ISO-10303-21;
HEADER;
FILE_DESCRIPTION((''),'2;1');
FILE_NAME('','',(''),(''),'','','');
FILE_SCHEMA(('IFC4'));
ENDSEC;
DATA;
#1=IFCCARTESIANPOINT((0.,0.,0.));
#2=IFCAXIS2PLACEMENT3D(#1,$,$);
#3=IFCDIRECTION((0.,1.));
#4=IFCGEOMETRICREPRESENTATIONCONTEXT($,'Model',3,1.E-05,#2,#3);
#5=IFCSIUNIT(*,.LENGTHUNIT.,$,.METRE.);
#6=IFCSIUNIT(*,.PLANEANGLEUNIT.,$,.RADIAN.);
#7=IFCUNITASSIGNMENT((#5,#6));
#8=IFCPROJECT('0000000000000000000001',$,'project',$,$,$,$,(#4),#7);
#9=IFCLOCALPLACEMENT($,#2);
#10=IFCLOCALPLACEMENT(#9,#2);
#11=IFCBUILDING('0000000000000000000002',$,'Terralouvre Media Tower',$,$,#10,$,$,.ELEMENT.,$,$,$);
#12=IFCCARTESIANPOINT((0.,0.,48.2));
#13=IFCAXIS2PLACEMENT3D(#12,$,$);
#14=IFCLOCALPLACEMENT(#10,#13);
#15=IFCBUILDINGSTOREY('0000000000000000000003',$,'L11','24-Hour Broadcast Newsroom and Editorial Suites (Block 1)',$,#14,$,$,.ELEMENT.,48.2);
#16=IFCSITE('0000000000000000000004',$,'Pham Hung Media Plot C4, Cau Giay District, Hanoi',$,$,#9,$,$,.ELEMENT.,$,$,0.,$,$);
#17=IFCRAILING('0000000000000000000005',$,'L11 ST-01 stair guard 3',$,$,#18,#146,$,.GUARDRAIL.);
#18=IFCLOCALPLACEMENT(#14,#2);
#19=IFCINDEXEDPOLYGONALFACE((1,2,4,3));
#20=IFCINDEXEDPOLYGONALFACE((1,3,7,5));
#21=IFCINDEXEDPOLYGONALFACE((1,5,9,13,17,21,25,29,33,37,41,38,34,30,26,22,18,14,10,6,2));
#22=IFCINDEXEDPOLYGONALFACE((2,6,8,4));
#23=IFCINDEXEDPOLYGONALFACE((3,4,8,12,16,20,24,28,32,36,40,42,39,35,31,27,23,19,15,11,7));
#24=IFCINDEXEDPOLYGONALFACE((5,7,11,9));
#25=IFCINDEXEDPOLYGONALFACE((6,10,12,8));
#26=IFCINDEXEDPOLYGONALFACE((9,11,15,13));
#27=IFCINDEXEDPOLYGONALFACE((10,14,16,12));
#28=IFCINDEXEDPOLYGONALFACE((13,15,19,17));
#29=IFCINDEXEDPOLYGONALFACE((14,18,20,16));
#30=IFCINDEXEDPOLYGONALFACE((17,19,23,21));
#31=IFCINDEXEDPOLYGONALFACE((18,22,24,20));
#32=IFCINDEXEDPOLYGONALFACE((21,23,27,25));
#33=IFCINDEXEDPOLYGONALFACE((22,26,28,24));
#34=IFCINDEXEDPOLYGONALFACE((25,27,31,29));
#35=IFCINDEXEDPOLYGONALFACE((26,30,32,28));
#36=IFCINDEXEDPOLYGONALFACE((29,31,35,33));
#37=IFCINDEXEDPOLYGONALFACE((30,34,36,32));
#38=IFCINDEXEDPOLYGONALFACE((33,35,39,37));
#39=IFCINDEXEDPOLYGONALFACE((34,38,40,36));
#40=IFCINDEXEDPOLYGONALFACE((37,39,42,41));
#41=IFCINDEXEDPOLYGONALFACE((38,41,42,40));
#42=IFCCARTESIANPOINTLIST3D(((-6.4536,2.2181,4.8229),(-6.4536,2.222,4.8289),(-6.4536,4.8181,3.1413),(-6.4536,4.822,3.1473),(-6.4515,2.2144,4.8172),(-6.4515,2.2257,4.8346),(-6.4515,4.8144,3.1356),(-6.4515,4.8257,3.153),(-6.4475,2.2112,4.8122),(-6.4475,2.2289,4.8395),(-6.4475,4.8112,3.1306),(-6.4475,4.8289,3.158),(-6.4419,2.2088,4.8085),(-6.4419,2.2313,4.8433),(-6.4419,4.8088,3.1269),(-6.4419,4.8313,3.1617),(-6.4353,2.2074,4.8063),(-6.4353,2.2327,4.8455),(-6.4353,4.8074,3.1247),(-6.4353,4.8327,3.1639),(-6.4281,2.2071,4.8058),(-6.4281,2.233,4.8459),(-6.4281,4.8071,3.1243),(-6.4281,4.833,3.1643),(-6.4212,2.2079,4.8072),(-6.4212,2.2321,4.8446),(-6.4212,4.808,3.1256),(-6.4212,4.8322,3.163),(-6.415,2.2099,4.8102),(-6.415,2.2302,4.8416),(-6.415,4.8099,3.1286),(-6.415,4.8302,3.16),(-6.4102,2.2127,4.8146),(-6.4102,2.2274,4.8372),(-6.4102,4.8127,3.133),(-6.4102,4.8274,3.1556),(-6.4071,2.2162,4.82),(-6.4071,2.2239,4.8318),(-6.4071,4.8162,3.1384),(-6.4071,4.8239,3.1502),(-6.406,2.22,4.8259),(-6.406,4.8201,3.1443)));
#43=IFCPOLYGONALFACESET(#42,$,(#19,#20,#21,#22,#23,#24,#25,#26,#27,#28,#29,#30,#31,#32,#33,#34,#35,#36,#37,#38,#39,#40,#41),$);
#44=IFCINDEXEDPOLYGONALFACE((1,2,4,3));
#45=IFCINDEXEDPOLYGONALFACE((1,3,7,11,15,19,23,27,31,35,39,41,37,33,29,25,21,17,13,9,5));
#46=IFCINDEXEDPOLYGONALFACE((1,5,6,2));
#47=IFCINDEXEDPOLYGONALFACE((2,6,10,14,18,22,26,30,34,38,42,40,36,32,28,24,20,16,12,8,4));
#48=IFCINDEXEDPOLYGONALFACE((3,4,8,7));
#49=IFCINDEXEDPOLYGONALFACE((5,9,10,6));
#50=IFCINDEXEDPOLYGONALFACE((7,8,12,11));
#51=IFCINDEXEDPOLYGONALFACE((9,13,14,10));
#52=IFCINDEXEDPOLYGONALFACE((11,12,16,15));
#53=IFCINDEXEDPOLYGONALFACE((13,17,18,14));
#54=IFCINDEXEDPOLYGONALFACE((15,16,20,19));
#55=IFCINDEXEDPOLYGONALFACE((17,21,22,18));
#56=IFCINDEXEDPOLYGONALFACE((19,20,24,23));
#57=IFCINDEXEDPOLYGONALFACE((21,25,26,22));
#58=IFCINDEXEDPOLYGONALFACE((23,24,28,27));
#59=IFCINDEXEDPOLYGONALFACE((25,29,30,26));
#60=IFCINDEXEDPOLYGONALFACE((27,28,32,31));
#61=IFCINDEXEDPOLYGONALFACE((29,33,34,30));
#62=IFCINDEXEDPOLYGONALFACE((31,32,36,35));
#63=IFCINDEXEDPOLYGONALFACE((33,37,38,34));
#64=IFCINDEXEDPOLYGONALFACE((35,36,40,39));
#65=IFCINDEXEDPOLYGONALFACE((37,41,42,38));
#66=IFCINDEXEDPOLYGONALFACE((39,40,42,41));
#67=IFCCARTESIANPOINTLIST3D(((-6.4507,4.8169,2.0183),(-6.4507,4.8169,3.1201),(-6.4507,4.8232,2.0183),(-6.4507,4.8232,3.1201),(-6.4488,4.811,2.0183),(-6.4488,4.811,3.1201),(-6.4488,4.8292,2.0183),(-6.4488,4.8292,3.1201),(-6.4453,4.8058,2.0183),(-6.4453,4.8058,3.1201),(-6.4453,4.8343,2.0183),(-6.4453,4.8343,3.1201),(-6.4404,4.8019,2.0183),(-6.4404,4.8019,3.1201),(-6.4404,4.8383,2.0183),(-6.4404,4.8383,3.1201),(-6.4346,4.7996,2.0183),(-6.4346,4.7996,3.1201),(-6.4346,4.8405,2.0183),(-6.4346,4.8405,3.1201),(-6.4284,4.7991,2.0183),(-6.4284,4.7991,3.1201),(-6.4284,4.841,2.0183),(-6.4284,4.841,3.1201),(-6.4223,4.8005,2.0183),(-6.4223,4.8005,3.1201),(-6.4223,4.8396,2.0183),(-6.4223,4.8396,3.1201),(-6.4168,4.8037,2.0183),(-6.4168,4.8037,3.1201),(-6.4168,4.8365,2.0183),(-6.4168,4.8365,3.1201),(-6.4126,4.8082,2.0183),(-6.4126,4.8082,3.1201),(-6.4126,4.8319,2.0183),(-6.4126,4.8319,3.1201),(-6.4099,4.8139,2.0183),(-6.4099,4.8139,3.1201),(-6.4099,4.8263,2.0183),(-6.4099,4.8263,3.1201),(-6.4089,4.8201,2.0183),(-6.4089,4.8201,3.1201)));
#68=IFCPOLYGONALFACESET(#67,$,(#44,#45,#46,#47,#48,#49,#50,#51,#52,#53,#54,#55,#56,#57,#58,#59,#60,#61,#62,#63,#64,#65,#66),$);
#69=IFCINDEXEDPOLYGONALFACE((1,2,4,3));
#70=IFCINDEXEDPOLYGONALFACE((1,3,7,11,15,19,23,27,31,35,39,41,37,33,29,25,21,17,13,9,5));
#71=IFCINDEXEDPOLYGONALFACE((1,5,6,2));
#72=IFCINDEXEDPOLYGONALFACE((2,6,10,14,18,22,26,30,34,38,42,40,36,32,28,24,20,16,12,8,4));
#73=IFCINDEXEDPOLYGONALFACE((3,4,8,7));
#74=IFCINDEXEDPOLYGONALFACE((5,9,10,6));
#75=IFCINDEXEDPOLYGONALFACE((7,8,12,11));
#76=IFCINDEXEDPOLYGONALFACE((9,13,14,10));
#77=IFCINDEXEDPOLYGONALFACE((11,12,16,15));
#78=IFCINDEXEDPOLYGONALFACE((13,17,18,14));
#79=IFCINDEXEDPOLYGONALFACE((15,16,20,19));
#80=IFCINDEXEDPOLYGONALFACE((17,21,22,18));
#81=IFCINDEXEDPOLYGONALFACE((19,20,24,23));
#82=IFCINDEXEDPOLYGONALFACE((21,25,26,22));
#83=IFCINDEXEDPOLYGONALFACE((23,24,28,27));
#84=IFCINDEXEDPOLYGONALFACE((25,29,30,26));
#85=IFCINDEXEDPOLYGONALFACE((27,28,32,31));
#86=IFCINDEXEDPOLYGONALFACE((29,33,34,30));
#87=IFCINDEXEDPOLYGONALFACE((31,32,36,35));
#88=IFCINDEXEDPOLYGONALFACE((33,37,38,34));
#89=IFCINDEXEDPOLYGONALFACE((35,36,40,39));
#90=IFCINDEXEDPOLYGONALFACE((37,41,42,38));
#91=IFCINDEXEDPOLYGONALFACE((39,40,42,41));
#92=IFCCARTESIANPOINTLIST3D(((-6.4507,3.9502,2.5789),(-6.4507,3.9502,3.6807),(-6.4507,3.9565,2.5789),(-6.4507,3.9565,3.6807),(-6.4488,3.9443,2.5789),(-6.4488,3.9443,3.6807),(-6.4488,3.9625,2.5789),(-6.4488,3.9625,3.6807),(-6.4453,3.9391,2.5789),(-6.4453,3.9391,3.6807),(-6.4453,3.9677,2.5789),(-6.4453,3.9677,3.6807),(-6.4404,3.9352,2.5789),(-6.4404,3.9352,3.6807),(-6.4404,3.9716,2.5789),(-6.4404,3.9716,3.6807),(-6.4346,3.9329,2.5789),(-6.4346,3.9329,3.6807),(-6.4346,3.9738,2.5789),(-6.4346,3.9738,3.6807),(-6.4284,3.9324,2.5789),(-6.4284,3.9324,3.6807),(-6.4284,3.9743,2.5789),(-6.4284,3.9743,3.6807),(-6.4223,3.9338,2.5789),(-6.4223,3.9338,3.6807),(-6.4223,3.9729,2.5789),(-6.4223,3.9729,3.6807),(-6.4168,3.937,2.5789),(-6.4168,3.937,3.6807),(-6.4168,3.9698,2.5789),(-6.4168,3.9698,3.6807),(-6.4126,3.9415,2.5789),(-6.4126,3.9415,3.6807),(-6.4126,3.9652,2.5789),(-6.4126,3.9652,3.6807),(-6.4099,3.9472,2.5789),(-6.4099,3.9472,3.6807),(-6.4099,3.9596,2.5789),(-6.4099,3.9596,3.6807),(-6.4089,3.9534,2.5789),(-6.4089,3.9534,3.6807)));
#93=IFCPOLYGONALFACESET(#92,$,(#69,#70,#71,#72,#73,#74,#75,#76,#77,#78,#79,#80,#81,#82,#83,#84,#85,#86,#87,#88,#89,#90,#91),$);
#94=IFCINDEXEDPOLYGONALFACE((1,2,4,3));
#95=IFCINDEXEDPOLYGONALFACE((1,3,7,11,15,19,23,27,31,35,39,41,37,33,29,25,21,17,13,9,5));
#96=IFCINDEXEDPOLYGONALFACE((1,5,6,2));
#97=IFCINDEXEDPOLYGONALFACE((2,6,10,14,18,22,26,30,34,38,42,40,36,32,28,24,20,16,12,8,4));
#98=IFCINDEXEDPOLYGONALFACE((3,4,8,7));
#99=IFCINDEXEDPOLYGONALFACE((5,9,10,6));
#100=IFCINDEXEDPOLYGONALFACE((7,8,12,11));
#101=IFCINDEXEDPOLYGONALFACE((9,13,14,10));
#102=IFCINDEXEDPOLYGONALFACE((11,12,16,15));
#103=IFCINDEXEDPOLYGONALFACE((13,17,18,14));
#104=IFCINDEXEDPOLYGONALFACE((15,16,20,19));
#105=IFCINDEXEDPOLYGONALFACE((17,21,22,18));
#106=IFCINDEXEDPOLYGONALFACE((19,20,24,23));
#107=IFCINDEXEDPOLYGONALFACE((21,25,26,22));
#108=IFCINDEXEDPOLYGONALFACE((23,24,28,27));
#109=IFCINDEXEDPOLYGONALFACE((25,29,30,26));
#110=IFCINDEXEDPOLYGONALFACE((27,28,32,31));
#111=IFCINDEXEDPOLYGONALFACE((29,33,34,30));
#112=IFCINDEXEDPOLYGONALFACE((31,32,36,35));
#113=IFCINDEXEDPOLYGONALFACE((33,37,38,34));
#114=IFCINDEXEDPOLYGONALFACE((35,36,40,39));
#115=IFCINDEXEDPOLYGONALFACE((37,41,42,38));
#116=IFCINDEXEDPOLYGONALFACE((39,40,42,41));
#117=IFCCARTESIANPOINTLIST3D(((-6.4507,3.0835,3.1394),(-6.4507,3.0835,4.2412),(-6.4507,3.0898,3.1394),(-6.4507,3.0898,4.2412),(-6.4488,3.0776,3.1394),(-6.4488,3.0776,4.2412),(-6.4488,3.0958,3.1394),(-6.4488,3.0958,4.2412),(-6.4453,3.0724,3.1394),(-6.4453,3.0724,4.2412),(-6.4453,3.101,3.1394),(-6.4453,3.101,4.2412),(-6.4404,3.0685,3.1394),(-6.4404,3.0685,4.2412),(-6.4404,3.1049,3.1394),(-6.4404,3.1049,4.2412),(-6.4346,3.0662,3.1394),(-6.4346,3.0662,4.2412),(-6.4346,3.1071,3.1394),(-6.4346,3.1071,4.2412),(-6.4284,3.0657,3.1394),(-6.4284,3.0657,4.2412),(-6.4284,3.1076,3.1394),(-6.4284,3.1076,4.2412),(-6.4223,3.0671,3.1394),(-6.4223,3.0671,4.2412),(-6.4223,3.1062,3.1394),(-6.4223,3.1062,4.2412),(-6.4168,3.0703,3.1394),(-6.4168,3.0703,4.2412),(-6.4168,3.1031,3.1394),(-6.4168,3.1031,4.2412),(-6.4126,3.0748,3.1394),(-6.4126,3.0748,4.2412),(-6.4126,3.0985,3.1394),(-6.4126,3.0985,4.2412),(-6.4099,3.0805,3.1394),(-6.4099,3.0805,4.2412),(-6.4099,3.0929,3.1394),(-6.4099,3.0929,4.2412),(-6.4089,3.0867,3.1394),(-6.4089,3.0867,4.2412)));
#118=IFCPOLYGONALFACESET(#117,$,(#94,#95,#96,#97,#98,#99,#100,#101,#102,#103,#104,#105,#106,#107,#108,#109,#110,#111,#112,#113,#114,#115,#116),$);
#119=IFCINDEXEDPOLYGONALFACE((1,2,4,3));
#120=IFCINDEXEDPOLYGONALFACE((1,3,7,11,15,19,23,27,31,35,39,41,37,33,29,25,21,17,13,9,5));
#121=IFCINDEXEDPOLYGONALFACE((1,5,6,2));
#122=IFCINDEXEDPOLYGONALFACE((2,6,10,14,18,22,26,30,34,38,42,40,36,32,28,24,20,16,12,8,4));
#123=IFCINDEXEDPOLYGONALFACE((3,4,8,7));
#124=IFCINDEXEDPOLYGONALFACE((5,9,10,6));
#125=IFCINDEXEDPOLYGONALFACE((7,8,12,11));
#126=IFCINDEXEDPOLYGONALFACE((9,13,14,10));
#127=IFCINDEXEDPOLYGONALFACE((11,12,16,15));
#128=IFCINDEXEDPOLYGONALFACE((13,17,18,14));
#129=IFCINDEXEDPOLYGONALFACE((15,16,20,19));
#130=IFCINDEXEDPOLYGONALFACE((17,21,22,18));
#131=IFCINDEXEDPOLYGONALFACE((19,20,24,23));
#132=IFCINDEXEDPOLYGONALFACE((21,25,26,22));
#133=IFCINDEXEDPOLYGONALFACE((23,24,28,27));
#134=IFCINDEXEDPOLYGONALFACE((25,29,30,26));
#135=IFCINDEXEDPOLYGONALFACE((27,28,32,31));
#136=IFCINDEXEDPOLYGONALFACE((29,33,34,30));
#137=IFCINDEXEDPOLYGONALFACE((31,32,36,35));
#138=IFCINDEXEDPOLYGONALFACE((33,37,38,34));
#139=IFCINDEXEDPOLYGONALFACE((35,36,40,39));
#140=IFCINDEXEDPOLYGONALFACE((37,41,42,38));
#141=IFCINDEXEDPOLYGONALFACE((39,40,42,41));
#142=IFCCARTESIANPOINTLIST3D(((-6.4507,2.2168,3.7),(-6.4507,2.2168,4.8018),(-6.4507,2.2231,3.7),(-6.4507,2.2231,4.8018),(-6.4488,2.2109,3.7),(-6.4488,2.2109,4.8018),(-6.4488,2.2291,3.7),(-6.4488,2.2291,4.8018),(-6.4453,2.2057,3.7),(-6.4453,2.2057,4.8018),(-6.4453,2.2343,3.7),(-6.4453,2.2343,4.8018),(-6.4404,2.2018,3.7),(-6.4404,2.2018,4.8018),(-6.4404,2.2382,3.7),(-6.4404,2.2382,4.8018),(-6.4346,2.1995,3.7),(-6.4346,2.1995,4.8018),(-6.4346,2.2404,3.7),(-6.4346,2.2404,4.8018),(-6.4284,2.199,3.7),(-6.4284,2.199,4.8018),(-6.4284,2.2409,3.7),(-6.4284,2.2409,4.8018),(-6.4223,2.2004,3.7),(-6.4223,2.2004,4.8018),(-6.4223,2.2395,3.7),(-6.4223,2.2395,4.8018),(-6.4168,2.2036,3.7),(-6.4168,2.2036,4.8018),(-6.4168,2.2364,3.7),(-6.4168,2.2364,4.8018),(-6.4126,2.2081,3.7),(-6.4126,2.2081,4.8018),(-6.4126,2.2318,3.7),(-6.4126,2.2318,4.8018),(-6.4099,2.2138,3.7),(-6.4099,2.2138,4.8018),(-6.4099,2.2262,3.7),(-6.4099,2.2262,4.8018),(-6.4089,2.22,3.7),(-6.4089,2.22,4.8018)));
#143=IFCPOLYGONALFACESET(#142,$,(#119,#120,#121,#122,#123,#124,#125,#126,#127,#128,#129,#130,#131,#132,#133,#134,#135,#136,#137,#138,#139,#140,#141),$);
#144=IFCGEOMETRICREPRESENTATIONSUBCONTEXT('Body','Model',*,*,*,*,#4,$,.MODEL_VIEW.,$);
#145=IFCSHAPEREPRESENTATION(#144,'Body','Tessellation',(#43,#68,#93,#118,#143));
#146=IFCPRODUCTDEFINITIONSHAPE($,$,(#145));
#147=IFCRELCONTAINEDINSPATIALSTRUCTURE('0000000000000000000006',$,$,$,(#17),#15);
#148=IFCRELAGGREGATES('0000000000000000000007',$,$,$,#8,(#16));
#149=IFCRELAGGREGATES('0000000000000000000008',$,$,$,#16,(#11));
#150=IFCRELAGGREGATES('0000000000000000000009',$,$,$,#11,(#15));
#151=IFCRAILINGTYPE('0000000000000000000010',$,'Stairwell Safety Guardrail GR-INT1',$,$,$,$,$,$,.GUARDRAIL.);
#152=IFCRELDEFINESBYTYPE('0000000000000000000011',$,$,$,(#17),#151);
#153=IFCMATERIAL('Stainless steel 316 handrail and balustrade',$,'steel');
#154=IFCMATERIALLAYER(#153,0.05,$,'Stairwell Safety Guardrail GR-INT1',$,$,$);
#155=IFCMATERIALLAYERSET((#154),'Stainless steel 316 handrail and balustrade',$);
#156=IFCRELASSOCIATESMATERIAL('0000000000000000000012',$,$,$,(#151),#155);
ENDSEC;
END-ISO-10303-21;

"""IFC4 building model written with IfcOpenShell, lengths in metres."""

from ifc_helpers import new_model, si_unit, direction, frame, origin, origin_2d, place, context, subcontext, project, spatial, circle, extrude, material, layer, layer_set, type_object, element, save


model = new_model("IFC4")

# Units and contexts
model_context = context("Model", 3, precision=1e-05, world=origin(), true_north=direction((0.0, 1.0)))
body_context = subcontext(model_context, "Body", "Model", "MODEL_VIEW")
ifc_project = project(units=[si_unit("LENGTHUNIT", "METRE"), si_unit("PLANEANGLEUNIT", "RADIAN")], contexts=[model_context])

# Site, building, storey
site_placement = place(None, origin())
site = spatial("IfcSite", under=ifc_project, at=site_placement, Name="Pham Hung Media Plot C4, Cau Giay District, Hanoi", CompositionType="ELEMENT", RefElevation=0.0)
building_placement = place(site_placement, origin())
building = spatial("IfcBuilding", under=site, at=building_placement, Name="Terralouvre Media Tower", CompositionType="ELEMENT")
storey_placement = place(building_placement, frame((0.0, 0.0, 48.2)))
storey = spatial("IfcBuildingStorey", under=building, at=storey_placement, Name="L11", Description="24-Hour Broadcast Newsroom and Editorial Suites (Block 1)", CompositionType="ELEMENT", Elevation=48.2)

# Railing
ifc_material_1 = material(Name="Stainless steel 316 handrail and balustrade", Category="steel")
ifc_layer_1 = layer(ifc_material_1, 0.05, Name="Stairwell Safety Guardrail GR-INT1")
ifc_layer_set_1 = layer_set([ifc_layer_1], Name="Stainless steel 316 handrail and balustrade")
railing_type_1 = type_object("IfcRailingType", Name="Stairwell Safety Guardrail GR-INT1", PredefinedType="GUARDRAIL", material=ifc_layer_set_1)
railing_1_placement = place(storey_placement, frame((-6.4299, 4.8201, 2.0183)))
element("IfcRailing", 1, at=railing_1_placement, inside=storey, type_object=railing_type_1, Name="L11 ST-01 stair guard 3", PredefinedType="GUARDRAIL", context=body_context, shape_type="SweptSolid", body=[
    extrude(circle(Radius=0.0239, at=origin_2d()), frame((0.0, 0.0, 1.126), z_axis=(0.0, -0.839684, 0.543075), x_axis=(1.0, 0.0, 0.0)), (0.0, 0.0, 1.0), 3.0964),
    extrude(circle(Radius=0.021, at=origin_2d()), origin(), (0.0, 0.0, 1.0), 1.1018),
    extrude(circle(Radius=0.021, at=origin_2d()), frame((0.0, -0.8667, 0.5605)), (0.0, 0.0, 1.0), 1.1018),
    extrude(circle(Radius=0.021, at=origin_2d()), frame((0.0, -1.7334, 1.1211)), (0.0, 0.0, 1.0), 1.1018),
    extrude(circle(Radius=0.021, at=origin_2d()), frame((0.0, -2.6001, 1.6816)), (0.0, 0.0, 1.0), 1.1018),
])

save(model, "model.ifc")
